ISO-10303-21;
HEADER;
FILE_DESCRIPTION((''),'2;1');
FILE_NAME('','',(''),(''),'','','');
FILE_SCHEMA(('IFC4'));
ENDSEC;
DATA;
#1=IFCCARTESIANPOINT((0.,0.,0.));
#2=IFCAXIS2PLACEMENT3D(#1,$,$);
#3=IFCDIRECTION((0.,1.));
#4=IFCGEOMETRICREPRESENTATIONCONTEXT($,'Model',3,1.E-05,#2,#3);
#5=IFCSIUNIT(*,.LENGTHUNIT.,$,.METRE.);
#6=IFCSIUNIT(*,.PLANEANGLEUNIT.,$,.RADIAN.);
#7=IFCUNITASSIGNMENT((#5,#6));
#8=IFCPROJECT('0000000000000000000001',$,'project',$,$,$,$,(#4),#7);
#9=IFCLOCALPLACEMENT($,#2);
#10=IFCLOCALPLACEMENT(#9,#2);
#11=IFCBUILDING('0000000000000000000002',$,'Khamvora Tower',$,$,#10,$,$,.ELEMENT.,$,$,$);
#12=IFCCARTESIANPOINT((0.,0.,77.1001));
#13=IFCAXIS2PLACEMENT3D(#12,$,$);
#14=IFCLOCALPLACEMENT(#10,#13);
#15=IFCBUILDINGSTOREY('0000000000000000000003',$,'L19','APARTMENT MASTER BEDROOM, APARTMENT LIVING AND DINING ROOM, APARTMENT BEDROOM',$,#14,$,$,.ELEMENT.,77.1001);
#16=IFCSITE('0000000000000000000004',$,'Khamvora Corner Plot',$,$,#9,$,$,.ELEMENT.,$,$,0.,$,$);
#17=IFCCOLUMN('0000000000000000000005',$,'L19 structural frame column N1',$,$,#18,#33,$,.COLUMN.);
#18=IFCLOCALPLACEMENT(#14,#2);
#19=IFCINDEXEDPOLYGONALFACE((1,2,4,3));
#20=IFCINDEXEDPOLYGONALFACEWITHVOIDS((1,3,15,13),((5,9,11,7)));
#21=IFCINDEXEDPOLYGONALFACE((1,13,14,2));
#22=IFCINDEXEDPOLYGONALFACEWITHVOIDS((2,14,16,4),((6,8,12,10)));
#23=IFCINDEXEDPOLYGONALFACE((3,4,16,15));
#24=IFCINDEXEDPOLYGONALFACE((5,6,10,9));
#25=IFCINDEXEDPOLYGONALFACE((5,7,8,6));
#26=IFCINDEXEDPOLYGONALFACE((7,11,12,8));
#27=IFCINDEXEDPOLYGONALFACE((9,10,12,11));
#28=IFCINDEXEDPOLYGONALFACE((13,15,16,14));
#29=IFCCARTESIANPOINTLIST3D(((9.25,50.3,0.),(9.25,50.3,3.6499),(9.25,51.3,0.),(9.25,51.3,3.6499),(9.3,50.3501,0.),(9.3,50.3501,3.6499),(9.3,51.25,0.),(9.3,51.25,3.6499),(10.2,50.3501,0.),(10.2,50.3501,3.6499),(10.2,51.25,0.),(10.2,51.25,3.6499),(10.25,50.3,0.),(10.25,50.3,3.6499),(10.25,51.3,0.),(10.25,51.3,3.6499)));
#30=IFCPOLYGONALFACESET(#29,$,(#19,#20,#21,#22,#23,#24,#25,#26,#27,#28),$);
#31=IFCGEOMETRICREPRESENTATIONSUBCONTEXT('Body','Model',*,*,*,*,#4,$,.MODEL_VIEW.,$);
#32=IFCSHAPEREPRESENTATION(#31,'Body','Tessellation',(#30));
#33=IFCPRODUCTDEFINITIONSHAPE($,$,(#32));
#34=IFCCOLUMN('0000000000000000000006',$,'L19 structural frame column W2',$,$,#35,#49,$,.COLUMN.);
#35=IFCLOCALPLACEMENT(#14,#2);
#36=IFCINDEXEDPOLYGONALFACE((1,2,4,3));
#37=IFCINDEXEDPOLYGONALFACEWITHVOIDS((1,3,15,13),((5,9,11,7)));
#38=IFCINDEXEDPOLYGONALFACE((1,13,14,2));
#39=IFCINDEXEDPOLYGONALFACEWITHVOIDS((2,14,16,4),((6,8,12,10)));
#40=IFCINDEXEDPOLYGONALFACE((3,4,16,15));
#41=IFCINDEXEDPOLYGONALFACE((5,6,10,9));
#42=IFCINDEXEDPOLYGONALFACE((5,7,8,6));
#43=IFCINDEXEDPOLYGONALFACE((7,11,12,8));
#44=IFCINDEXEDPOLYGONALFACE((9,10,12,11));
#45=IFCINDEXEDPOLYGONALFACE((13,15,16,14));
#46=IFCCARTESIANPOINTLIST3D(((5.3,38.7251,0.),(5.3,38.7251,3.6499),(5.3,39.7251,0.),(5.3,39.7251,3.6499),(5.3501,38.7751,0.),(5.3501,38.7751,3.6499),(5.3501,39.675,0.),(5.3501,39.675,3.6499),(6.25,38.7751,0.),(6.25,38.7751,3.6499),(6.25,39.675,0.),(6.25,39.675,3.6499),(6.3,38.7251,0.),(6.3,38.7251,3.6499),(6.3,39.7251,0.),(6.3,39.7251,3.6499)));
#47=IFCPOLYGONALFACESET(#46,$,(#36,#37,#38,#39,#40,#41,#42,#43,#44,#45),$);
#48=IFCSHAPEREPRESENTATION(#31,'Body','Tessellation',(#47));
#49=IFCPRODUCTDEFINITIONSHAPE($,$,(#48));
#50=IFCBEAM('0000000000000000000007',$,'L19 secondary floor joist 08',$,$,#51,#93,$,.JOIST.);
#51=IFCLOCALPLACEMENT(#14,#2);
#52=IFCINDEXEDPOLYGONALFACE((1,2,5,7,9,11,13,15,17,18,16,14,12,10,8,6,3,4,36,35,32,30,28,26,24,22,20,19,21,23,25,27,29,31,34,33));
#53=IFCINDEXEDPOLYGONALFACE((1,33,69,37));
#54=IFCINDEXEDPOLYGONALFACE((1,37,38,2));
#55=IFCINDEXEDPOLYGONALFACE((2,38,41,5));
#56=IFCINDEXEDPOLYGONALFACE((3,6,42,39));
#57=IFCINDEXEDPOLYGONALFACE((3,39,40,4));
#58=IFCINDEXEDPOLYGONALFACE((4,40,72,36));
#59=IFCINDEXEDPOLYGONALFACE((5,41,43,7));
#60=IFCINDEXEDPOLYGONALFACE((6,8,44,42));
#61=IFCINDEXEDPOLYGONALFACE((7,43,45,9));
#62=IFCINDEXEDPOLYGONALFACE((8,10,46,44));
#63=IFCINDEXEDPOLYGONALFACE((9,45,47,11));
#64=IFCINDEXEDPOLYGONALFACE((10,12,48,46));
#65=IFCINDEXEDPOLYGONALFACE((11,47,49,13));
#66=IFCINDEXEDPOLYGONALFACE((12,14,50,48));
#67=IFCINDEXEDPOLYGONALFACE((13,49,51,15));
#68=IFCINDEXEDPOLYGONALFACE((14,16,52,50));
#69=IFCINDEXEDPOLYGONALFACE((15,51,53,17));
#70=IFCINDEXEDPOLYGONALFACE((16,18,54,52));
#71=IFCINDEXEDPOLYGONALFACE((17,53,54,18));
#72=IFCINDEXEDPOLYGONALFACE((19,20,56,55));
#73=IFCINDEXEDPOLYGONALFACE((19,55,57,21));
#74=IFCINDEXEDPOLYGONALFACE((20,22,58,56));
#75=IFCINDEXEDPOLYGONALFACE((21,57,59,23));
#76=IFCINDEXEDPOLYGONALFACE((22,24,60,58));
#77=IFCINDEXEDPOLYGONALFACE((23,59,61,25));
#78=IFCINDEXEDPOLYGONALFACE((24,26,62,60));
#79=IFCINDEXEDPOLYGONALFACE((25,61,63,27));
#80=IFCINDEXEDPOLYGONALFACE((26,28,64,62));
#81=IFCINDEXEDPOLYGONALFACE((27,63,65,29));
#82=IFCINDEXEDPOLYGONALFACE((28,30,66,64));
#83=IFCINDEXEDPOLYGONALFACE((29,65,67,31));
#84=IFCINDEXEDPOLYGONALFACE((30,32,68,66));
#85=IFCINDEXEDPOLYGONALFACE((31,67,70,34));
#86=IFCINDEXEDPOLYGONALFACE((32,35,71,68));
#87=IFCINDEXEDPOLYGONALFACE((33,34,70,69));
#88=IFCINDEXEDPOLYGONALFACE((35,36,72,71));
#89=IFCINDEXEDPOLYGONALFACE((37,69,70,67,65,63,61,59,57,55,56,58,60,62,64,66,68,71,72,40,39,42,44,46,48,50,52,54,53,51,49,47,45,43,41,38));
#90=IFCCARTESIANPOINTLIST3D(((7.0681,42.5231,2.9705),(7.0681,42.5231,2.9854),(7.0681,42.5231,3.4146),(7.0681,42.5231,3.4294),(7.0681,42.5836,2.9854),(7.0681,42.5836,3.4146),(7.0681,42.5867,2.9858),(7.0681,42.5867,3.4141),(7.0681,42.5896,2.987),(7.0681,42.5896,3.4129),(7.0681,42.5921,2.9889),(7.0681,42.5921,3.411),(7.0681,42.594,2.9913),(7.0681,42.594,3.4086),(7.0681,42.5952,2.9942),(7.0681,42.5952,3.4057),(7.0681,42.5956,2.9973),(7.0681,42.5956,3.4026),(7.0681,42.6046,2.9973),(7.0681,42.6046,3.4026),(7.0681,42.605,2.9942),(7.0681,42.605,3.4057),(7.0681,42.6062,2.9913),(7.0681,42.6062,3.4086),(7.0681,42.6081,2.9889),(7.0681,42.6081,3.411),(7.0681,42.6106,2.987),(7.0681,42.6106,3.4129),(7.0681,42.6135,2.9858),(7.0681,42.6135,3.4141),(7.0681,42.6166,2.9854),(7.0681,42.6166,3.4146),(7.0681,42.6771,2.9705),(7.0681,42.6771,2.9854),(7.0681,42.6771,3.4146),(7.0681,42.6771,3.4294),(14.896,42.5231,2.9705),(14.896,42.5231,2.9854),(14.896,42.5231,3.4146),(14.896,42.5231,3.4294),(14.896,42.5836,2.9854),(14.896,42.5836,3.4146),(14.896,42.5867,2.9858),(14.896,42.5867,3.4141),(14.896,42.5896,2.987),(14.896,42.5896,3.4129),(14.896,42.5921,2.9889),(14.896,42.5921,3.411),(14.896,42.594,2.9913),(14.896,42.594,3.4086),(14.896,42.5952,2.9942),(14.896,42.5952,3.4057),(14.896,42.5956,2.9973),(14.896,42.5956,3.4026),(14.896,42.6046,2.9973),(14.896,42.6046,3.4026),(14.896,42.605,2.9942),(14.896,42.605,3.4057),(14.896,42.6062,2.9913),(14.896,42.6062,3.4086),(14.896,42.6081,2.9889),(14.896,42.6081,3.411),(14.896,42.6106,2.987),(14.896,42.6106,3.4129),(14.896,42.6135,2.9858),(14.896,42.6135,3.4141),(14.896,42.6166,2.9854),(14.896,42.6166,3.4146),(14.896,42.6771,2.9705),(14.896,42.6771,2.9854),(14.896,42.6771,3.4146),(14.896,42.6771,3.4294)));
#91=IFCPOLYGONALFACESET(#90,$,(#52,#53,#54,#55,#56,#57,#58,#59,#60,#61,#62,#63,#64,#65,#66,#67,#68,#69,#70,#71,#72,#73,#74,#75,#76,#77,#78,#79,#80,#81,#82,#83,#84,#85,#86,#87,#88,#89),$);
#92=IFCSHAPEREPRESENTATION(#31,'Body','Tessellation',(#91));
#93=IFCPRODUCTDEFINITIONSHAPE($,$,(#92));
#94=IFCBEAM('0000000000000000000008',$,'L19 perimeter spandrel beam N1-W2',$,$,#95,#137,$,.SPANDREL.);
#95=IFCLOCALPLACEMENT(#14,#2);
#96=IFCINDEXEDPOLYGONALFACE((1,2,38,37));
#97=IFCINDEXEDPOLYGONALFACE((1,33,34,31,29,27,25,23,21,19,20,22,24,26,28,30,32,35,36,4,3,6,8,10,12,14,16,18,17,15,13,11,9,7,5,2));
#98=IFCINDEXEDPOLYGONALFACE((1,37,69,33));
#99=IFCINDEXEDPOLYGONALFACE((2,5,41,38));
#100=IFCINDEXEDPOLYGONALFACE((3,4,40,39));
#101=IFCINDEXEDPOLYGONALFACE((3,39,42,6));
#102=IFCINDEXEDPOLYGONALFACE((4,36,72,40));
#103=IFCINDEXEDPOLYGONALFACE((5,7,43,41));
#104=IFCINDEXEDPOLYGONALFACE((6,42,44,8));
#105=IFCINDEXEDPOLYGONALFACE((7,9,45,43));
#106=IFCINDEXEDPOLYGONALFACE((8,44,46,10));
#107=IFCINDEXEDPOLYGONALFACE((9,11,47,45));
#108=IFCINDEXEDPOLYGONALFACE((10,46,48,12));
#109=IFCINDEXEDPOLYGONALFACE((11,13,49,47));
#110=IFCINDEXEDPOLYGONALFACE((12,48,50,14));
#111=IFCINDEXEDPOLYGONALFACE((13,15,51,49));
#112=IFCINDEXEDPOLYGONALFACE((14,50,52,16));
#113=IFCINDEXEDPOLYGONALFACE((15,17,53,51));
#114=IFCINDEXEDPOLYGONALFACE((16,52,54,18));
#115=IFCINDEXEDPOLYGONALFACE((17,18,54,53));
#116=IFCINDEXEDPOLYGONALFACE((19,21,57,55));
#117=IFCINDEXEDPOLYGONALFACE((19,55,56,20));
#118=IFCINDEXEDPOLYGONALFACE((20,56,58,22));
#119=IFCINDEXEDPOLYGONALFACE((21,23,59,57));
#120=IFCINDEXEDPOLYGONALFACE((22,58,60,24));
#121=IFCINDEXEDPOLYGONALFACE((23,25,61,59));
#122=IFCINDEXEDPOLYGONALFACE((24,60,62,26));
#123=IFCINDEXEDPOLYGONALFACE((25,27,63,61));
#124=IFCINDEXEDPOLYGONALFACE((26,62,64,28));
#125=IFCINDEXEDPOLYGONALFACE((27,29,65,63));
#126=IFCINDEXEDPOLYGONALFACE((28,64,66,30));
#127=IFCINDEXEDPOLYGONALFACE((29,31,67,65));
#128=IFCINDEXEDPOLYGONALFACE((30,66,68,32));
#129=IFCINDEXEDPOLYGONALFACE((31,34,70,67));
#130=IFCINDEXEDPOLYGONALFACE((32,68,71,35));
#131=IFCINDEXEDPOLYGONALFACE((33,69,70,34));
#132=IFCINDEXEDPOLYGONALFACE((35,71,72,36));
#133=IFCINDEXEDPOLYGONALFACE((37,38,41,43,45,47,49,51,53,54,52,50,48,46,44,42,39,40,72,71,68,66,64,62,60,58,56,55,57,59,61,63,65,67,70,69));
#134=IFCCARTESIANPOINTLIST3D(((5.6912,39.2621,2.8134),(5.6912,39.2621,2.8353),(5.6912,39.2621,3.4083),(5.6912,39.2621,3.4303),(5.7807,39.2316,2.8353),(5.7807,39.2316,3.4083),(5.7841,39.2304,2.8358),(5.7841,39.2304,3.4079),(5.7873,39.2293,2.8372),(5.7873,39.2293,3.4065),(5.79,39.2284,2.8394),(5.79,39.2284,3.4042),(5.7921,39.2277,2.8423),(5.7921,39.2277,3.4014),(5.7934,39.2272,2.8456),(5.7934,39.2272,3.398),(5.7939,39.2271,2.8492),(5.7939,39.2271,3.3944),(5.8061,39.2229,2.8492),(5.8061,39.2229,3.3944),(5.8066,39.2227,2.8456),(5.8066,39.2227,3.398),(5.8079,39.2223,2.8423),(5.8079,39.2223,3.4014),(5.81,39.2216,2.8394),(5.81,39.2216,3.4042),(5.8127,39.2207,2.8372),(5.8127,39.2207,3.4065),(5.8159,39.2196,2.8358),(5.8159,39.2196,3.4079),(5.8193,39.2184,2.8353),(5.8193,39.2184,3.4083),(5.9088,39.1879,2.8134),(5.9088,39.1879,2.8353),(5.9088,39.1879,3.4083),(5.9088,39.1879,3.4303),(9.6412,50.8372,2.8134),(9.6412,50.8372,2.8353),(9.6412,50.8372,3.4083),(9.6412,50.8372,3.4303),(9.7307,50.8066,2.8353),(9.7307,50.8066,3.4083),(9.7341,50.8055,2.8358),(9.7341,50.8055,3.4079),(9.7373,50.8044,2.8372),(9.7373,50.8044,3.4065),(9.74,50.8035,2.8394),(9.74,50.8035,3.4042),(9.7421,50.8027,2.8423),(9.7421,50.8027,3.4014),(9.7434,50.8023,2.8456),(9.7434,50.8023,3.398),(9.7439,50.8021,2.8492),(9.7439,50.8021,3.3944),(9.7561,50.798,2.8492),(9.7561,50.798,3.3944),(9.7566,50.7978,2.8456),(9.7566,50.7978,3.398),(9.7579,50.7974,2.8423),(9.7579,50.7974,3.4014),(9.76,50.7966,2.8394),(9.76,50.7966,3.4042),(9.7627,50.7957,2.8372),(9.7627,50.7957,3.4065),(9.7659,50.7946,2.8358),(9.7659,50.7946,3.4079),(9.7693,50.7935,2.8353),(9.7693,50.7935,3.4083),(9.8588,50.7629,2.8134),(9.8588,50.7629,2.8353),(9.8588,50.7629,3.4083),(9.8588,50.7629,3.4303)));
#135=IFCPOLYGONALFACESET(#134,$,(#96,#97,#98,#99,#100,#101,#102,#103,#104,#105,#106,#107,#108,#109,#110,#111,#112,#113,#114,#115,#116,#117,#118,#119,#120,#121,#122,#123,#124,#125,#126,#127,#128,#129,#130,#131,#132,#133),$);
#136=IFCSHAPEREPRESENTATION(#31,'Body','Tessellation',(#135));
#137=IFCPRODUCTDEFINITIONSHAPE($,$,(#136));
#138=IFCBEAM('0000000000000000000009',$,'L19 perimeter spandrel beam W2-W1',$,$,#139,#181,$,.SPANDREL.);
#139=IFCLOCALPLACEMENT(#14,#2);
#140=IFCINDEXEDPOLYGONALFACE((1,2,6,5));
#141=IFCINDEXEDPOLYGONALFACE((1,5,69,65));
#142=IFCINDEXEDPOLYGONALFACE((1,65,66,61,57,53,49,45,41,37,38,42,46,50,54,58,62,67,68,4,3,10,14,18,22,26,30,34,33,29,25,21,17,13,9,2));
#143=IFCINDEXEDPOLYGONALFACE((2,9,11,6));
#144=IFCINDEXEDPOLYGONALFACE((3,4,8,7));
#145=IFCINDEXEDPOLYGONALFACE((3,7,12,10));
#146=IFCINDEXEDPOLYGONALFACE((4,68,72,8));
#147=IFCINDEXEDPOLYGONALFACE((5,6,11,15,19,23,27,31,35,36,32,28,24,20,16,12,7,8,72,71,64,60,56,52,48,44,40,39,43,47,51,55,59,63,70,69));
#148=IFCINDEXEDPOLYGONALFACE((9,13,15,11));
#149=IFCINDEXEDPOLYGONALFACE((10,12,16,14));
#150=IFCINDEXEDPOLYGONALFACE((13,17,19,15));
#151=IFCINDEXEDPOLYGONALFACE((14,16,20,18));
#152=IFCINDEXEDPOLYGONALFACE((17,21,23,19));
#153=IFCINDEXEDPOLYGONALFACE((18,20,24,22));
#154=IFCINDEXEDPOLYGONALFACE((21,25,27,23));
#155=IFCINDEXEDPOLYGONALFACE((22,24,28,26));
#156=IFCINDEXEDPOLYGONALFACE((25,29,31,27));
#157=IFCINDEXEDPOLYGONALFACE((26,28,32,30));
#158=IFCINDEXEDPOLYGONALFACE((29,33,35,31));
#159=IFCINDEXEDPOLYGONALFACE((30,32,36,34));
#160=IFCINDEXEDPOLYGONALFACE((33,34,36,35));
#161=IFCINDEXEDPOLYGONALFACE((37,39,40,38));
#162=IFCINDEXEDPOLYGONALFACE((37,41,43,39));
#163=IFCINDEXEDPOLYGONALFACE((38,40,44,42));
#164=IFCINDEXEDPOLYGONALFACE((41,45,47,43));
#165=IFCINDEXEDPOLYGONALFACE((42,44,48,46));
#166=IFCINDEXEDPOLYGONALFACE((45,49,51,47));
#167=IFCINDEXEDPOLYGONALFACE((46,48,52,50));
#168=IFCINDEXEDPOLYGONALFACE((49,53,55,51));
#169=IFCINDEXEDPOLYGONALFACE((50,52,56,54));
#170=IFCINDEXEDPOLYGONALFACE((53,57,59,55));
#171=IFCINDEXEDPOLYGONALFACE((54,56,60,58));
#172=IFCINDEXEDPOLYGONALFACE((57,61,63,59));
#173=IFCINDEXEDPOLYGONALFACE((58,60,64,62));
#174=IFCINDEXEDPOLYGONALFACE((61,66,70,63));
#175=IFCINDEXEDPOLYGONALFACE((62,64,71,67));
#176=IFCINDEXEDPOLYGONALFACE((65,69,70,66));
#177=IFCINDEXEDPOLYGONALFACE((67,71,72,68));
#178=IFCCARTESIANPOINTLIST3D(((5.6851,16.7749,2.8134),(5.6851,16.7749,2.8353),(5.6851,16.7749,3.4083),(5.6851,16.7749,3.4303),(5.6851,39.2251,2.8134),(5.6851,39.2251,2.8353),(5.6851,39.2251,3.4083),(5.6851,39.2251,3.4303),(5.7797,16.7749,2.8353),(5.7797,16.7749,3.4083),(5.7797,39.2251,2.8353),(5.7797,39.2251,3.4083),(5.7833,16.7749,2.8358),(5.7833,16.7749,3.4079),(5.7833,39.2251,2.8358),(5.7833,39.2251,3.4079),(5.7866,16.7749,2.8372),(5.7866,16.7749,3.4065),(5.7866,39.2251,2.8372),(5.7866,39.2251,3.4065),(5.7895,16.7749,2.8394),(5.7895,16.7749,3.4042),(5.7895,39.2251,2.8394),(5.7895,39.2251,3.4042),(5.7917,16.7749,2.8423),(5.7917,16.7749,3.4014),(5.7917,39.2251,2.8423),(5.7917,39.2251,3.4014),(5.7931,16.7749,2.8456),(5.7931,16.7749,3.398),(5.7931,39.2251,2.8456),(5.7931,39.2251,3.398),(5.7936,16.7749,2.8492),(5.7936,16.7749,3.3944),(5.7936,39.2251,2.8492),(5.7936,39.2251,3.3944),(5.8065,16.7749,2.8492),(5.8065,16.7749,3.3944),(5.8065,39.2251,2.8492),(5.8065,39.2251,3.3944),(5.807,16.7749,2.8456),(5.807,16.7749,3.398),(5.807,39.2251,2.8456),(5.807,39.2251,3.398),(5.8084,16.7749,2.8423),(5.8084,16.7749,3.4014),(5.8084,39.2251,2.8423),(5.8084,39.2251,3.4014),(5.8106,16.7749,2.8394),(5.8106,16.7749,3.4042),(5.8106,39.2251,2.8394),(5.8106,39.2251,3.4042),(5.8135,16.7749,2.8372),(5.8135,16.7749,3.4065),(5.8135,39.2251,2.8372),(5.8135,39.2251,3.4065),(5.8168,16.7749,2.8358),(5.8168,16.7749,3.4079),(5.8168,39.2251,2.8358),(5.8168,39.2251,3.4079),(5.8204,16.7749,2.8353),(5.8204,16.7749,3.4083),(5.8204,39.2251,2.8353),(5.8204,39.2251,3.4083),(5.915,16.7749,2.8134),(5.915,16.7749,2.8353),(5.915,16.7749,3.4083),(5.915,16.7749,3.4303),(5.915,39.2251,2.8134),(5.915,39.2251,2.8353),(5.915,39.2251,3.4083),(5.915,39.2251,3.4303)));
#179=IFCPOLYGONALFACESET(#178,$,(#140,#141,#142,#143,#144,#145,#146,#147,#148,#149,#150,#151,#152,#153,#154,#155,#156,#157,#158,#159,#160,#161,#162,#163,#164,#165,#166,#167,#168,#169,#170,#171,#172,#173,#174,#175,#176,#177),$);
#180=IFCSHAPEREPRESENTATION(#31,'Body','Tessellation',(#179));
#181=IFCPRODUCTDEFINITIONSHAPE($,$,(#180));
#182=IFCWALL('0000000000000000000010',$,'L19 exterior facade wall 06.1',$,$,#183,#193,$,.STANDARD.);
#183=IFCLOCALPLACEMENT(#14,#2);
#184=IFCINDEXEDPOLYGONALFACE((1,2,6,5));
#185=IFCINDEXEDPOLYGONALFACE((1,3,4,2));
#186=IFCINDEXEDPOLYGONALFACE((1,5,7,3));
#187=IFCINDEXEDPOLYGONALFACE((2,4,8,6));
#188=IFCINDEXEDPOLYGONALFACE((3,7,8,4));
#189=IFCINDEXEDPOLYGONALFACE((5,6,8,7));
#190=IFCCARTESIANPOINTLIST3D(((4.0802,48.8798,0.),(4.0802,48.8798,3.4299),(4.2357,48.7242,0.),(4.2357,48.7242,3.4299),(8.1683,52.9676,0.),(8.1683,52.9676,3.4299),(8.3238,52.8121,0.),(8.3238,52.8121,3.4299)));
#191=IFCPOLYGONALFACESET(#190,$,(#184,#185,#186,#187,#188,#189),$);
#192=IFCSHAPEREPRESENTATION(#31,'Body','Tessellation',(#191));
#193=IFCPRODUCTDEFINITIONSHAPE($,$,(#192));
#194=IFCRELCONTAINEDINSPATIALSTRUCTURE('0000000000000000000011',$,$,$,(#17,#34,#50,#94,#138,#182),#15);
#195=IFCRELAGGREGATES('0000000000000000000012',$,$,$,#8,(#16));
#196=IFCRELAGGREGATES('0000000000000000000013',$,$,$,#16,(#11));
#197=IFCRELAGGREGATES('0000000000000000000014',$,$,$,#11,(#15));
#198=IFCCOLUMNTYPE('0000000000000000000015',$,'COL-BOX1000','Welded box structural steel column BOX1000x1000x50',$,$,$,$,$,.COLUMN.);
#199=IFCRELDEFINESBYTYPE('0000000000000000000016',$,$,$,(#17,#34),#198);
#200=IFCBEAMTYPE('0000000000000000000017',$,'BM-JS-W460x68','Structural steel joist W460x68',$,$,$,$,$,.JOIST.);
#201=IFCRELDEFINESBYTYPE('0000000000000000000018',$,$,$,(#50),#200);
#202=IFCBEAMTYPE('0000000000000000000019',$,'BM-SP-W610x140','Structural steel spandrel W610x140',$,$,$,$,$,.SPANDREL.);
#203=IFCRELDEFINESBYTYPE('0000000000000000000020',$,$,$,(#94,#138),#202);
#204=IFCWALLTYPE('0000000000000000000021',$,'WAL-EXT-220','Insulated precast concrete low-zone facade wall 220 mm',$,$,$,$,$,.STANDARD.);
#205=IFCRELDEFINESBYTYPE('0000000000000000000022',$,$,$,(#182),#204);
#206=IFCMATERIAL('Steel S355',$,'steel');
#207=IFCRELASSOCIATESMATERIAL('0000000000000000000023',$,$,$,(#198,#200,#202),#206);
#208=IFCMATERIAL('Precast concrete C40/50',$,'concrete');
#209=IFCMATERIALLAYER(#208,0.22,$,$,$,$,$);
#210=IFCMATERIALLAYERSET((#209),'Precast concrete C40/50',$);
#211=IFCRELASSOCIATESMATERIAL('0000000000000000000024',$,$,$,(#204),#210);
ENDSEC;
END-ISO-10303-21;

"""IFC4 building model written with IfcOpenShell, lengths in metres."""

from ifc_helpers import new_model, si_unit, direction, frame, frame_2d, origin, origin_2d, place, context, subcontext, project, spatial, rectangle, hollow_rectangle, i_section, extrude, material, layer, layer_set, material_profile, profile_set, type_object, element, save


model = new_model("IFC4")

# Units and contexts
model_context = context("Model", 3, precision=1e-05, world=origin(), true_north=direction((0.0, 1.0)))
body_context = subcontext(model_context, "Body", "Model", "MODEL_VIEW")
ifc_project = project(units=[si_unit("LENGTHUNIT", "METRE"), si_unit("PLANEANGLEUNIT", "RADIAN")], contexts=[model_context])

# Site, building, storey
site_placement = place(None, origin())
site = spatial("IfcSite", under=ifc_project, at=site_placement, Name="Khamvora Corner Plot", CompositionType="ELEMENT", RefElevation=0.0)
building_placement = place(site_placement, origin())
building = spatial("IfcBuilding", under=site, at=building_placement, Name="Khamvora Tower", CompositionType="ELEMENT")
storey_placement = place(building_placement, frame((0.0, 0.0, 77.1001)))
storey = spatial("IfcBuildingStorey", under=building, at=storey_placement, Name="L19", Description="APARTMENT MASTER BEDROOM, APARTMENT LIVING AND DINING ROOM, APARTMENT BEDROOM", CompositionType="ELEMENT", Elevation=77.1001)

# Columns
ifc_material_1 = material(Name="Steel S355", Category="steel")
ifc_material_profile_1 = material_profile(ifc_material_1, hollow_rectangle(XDim=1.0, YDim=1.0, WallThickness=0.05, at=origin_2d()), Name="BOX1000x1000x50")
ifc_profile_set_1 = profile_set([ifc_material_profile_1], Name="Steel S355")
column_type = type_object("IfcColumnType", Name="COL-BOX1000", Description="Welded box structural steel column BOX1000x1000x50", PredefinedType="COLUMN", material=ifc_profile_set_1)
for number, where, z_axis, x_axis, name in (
    (1, (9.75, 50.8, 0.0), (0.0, 0.0, 1.0), (1.0, 0.0, 0.0), "L19 structural frame column N1"),
    (2, (5.8, 39.2251, 0.0), (0.0, 0.0, 1.0), (1.0, 0.0, 0.0), "L19 structural frame column W2"),
):
    element("IfcColumn", number, at=place(storey_placement, frame(where, z_axis=z_axis, x_axis=x_axis)), inside=storey, type_object=column_type, Name=name, PredefinedType="COLUMN", context=body_context, shape_type="SweptSolid", body=[
        extrude(hollow_rectangle(XDim=1.0, YDim=1.0, WallThickness=0.05, at=origin_2d()), origin(), (0.0, 0.0, 1.0), 3.6499),
    ])

# Beams
ifc_material_profile_2 = material_profile(ifc_material_1, i_section(OverallWidth=0.1541, OverallDepth=0.459, WebThickness=0.009, FlangeThickness=0.0149, FilletRadius=0.012, at=origin_2d()), Name="W460x68")
ifc_profile_set_2 = profile_set([ifc_material_profile_2], Name="Steel S355")
beam_type_1 = type_object("IfcBeamType", Name="BM-JS-W460x68", Description="Structural steel joist W460x68", PredefinedType="JOIST", material=ifc_profile_set_2)
beam_1_placement = place(storey_placement, frame((7.0681, 42.6001, 3.2), z_axis=(1.0, 0.0, 0.0), x_axis=(0.0, 1.0, 0.0)))
element("IfcBeam", 3, at=beam_1_placement, inside=storey, type_object=beam_type_1, Name="L19 secondary floor joist 08", PredefinedType="JOIST", context=body_context, shape_type="SweptSolid", body=[
    extrude(i_section(OverallWidth=0.1541, OverallDepth=0.459, WebThickness=0.009, FlangeThickness=0.0149, FilletRadius=0.012, at=origin_2d()), origin(), (0.0, 0.0, 1.0), 7.8279),
])
ifc_material_profile_3 = material_profile(ifc_material_1, i_section(OverallWidth=0.23, OverallDepth=0.6169, WebThickness=0.0129, FlangeThickness=0.022, FilletRadius=0.0139, at=origin_2d()), Name="W610x140")
ifc_profile_set_3 = profile_set([ifc_material_profile_3], Name="Steel S355")
beam_type_2 = type_object("IfcBeamType", Name="BM-SP-W610x140", Description="Structural steel spandrel W610x140", PredefinedType="SPANDREL", material=ifc_profile_set_3)
beam_2_placement = place(storey_placement, frame((9.75, 50.8, 3.1218), z_axis=(-0.322963, -0.946412, 0.0), x_axis=(0.946412, -0.322963, 0.0)))
element("IfcBeam", 4, at=beam_2_placement, inside=storey, type_object=beam_type_2, Name="L19 perimeter spandrel beam N1-W2", PredefinedType="SPANDREL", context=body_context, shape_type="SweptSolid", body=[
    extrude(i_section(OverallWidth=0.23, OverallDepth=0.6169, WebThickness=0.0129, FlangeThickness=0.022, FilletRadius=0.0139, at=origin_2d()), origin(), (0.0, 0.0, 1.0), 12.2305),
])
beam_3_placement = place(storey_placement, frame((5.8, 39.2251, 3.1218), z_axis=(0.0, -1.0, 0.0), x_axis=(1.0, 0.0, 0.0)))
element("IfcBeam", 5, at=beam_3_placement, inside=storey, type_object=beam_type_2, Name="L19 perimeter spandrel beam W2-W1", PredefinedType="SPANDREL", context=body_context, shape_type="SweptSolid", body=[
    extrude(i_section(OverallWidth=0.23, OverallDepth=0.6169, WebThickness=0.0129, FlangeThickness=0.022, FilletRadius=0.0139, at=origin_2d()), origin(), (0.0, 0.0, 1.0), 22.4502),
])

# Wall
ifc_material_2 = material(Name="Precast concrete C40/50", Category="concrete")
ifc_layer_1 = layer(ifc_material_2, 0.22)
ifc_layer_set_1 = layer_set([ifc_layer_1], Name="Precast concrete C40/50")
wall_type_1 = type_object("IfcWallType", Name="WAL-EXT-220", Description="Insulated precast concrete low-zone facade wall 220 mm", PredefinedType="STANDARD", material=ifc_layer_set_1)
wall_1_placement = place(storey_placement, frame((4.158, 48.802, 0.0), z_axis=(0.0, 0.0, 1.0), x_axis=(0.707128, 0.707086, 0.0)))
element("IfcWall", 6, at=wall_1_placement, inside=storey, type_object=wall_type_1, Name="L19 exterior facade wall 06.1", PredefinedType="STANDARD", context=body_context, shape_type="SweptSolid", body=[
    extrude(rectangle(XDim=5.7812, YDim=0.22, at=frame_2d((2.8906, 0.0))), origin(), (0.0, 0.0, 1.0), 3.4299),
])

save(model, "model.ifc")
